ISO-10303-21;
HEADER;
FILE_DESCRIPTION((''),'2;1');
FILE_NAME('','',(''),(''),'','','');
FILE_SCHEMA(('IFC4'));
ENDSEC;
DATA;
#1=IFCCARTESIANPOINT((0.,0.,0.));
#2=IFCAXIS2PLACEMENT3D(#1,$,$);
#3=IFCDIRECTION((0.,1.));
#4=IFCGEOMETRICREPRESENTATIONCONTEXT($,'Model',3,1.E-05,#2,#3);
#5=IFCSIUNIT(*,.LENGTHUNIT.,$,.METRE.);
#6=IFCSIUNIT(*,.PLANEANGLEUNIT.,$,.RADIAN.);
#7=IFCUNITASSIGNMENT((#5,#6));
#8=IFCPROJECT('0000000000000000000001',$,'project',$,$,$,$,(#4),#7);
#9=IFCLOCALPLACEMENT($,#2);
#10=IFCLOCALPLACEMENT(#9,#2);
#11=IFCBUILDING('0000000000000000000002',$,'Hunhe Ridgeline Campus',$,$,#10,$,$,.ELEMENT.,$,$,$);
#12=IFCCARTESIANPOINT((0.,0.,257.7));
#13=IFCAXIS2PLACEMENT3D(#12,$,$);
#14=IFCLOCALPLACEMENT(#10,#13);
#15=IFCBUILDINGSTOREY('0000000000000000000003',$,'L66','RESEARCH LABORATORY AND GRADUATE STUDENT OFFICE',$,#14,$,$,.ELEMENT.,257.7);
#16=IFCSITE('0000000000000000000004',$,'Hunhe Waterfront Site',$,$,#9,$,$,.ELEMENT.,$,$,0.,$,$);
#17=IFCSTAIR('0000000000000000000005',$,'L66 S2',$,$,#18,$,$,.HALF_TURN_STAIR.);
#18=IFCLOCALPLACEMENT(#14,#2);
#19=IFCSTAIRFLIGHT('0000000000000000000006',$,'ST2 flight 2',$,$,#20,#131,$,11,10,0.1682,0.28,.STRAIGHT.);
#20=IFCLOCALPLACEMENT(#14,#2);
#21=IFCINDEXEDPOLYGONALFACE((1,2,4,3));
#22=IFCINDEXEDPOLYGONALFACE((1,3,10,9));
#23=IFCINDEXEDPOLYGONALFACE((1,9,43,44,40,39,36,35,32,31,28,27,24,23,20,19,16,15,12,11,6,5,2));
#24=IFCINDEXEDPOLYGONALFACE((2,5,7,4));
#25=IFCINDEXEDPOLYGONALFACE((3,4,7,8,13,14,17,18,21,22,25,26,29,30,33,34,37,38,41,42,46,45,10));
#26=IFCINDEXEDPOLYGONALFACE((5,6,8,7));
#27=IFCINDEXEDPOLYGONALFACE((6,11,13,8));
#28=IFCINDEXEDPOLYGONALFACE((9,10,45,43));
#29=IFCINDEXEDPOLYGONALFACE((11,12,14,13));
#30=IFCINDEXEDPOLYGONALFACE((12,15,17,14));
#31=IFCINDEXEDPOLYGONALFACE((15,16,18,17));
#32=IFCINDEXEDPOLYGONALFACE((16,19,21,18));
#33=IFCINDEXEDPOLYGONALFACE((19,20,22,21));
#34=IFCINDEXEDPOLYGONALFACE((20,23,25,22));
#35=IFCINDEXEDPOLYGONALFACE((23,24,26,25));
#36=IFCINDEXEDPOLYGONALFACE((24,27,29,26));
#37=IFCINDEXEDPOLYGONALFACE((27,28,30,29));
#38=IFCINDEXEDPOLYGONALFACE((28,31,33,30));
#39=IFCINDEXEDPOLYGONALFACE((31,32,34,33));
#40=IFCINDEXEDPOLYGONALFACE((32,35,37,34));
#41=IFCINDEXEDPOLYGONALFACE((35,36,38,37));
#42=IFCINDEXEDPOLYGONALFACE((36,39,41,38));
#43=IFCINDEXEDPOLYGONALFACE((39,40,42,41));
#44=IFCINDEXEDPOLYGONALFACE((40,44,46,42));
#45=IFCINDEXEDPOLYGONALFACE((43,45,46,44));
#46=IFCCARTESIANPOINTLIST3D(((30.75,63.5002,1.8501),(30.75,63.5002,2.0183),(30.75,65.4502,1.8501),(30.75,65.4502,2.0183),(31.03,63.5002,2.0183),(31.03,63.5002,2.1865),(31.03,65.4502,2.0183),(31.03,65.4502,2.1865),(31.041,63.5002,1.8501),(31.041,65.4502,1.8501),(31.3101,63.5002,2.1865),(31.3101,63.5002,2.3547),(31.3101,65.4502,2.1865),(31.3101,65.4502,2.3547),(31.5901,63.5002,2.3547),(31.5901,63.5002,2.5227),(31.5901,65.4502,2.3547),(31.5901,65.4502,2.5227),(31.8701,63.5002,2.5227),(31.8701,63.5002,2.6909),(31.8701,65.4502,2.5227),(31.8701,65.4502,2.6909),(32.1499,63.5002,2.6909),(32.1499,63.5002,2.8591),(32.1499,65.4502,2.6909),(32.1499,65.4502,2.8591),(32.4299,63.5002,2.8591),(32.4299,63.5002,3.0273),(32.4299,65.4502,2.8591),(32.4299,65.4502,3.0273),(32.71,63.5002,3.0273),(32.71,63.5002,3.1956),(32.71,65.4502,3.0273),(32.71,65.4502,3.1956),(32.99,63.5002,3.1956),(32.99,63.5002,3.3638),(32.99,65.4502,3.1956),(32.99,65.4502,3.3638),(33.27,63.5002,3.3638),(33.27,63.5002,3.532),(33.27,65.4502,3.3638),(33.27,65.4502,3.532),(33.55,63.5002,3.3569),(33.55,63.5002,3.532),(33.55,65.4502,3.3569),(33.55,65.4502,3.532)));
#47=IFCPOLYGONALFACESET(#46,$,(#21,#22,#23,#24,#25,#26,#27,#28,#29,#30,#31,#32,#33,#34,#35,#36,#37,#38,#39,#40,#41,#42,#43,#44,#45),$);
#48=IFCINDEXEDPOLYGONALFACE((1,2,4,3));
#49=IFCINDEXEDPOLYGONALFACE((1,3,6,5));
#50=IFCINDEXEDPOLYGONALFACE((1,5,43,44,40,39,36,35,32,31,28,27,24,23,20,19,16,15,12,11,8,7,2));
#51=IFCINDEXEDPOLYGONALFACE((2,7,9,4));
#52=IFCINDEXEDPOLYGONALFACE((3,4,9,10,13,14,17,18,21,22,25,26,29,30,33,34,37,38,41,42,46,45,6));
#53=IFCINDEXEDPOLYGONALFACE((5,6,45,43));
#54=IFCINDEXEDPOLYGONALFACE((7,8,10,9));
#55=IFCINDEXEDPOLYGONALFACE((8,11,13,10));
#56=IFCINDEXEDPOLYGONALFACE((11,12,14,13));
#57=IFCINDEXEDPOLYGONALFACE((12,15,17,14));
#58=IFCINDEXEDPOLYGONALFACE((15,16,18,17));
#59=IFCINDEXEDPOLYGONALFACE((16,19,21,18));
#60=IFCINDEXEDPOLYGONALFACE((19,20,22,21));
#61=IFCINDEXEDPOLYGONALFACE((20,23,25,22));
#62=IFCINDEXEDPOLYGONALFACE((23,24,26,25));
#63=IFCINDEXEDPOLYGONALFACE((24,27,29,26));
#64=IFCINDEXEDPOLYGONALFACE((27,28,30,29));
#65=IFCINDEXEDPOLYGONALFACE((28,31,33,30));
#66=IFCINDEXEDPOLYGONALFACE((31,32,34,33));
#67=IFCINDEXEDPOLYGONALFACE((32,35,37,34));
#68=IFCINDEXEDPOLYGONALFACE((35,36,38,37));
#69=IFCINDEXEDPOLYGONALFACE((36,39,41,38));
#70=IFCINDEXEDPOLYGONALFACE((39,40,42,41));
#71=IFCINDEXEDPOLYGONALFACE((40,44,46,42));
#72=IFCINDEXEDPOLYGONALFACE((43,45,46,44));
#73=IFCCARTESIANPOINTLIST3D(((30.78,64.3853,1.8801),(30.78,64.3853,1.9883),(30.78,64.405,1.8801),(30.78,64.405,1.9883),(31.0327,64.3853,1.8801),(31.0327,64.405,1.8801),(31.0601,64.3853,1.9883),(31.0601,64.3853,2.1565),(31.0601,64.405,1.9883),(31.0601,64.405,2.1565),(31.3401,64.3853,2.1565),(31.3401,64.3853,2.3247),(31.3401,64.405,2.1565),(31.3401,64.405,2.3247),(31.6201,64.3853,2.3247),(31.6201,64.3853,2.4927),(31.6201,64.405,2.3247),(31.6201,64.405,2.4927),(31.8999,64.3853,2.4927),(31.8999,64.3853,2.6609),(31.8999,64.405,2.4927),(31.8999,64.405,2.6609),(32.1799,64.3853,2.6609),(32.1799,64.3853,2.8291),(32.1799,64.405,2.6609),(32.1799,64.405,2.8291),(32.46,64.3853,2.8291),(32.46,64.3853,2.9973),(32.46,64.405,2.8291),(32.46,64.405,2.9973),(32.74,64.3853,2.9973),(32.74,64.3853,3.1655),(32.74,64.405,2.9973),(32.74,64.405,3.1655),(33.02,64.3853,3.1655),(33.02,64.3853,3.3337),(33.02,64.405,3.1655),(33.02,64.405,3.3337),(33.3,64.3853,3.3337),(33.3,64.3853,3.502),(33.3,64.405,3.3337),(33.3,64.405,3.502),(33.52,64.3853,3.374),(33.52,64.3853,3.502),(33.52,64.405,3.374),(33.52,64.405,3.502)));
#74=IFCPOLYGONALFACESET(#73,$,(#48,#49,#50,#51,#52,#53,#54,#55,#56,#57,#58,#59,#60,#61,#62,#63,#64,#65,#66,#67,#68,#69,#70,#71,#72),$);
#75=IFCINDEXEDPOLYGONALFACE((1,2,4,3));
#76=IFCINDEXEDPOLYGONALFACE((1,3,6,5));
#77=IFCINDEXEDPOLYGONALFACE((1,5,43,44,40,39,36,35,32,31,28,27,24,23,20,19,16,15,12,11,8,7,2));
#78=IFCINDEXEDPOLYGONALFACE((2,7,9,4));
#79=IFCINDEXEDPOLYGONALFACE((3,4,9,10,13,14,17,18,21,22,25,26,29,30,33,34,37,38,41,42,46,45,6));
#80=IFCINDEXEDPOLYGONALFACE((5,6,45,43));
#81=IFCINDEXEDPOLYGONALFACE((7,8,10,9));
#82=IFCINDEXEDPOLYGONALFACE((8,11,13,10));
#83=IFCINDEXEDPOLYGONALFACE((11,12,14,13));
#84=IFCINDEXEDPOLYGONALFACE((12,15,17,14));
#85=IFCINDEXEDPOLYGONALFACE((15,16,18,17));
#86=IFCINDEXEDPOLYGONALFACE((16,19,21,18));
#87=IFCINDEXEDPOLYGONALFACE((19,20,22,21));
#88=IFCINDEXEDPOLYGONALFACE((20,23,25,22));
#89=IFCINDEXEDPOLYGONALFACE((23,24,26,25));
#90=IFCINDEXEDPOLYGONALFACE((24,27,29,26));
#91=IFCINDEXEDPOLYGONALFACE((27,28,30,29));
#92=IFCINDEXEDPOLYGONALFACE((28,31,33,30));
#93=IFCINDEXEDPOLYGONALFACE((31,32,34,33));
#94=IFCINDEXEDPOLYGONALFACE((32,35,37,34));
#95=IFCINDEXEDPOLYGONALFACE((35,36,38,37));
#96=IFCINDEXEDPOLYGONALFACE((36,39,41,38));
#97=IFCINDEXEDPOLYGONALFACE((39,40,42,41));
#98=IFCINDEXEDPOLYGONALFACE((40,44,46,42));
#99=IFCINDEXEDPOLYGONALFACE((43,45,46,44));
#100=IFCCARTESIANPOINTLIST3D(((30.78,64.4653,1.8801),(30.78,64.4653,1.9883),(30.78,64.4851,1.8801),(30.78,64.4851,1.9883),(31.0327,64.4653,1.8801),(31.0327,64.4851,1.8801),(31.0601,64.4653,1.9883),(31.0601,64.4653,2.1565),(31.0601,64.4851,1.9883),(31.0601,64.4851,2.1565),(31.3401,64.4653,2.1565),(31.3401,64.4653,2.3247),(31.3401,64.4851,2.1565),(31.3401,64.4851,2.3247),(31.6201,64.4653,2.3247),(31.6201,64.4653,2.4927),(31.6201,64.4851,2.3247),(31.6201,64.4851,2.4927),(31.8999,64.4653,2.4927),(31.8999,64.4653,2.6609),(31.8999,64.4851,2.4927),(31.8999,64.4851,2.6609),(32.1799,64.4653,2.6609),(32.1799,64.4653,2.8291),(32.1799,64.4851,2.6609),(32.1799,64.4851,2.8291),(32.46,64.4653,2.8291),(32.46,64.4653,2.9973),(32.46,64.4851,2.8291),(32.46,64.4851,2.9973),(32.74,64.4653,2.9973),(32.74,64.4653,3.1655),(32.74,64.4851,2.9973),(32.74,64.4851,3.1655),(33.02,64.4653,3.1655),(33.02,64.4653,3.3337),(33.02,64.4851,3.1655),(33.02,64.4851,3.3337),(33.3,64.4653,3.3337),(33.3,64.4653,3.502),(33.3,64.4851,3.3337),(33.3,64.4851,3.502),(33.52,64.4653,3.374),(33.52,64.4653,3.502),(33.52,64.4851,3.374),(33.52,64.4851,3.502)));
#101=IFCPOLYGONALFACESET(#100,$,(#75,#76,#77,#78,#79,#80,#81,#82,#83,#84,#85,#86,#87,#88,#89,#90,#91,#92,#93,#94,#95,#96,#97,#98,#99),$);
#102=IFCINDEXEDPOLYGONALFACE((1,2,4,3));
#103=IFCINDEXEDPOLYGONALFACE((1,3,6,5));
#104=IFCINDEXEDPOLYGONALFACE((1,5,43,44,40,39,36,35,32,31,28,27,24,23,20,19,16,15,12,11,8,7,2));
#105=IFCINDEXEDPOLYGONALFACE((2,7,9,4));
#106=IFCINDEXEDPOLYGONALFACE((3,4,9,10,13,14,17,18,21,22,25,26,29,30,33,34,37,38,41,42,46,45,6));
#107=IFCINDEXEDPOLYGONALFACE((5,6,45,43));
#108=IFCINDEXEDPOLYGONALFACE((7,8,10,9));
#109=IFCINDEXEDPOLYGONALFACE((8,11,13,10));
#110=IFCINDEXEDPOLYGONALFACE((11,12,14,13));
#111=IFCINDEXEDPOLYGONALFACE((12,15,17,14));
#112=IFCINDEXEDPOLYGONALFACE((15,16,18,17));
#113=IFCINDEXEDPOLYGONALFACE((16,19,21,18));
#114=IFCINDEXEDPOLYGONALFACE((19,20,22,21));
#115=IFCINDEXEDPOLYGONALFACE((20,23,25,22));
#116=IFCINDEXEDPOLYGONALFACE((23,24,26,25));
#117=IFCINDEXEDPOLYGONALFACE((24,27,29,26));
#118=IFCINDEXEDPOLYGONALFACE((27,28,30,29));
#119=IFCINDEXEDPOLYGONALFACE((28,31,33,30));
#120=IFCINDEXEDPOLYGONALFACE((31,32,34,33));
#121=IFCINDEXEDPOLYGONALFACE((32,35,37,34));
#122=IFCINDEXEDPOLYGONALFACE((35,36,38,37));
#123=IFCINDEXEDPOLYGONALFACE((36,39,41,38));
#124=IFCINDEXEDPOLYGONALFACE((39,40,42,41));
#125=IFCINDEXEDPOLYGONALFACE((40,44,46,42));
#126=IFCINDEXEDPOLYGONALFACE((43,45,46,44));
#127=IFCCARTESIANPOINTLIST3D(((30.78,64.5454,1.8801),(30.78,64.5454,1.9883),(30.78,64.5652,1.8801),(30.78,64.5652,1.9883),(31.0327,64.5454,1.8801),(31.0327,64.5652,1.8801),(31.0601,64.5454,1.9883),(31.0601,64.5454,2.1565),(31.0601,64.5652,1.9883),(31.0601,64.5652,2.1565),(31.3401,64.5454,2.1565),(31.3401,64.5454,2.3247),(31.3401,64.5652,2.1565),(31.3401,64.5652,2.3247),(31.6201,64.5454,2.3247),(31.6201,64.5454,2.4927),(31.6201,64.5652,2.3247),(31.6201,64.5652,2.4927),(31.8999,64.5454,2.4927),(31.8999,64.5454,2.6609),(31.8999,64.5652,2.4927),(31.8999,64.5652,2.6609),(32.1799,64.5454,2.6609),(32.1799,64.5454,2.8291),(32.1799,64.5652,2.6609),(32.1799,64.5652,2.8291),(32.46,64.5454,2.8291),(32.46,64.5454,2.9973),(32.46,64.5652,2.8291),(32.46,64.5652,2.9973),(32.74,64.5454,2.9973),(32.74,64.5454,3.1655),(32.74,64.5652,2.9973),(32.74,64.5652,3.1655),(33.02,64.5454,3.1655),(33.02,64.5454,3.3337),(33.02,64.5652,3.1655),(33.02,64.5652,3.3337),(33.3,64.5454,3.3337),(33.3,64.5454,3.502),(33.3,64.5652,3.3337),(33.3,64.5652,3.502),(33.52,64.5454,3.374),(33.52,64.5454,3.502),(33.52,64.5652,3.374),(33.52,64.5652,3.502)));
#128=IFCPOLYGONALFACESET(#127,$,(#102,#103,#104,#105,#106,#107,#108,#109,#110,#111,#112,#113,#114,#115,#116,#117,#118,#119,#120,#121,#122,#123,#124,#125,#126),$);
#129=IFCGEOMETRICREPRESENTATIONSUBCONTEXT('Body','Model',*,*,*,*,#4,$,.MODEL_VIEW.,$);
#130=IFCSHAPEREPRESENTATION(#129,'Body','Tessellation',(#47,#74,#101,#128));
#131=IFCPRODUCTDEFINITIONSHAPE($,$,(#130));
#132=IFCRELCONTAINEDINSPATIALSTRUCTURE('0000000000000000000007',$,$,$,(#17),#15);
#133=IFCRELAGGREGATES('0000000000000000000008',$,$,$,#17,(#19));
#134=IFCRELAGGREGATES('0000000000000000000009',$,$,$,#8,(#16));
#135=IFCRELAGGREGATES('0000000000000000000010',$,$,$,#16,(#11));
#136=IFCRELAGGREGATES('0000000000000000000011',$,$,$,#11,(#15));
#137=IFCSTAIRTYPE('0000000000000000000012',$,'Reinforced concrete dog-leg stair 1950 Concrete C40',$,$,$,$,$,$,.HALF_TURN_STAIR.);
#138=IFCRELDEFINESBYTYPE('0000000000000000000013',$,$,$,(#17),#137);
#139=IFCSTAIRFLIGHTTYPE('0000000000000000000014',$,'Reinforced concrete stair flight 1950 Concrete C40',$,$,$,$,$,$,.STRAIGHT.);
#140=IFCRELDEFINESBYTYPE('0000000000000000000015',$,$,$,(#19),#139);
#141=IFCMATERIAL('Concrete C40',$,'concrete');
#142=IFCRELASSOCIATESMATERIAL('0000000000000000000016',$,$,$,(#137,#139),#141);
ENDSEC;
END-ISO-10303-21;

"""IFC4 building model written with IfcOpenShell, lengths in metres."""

from ifc_helpers import new_model, si_unit, direction, frame, origin, place, context, subcontext, project, spatial, polyline, outline, extrude, material, type_object, element, aggregate, save


model = new_model("IFC4")

# Units and contexts
model_context = context("Model", 3, precision=1e-05, world=origin(), true_north=direction((0.0, 1.0)))
body_context = subcontext(model_context, "Body", "Model", "MODEL_VIEW")
ifc_project = project(units=[si_unit("LENGTHUNIT", "METRE"), si_unit("PLANEANGLEUNIT", "RADIAN")], contexts=[model_context])

# Site, building, storey
site_placement = place(None, origin())
site = spatial("IfcSite", under=ifc_project, at=site_placement, Name="Hunhe Waterfront Site", CompositionType="ELEMENT", RefElevation=0.0)
building_placement = place(site_placement, origin())
building = spatial("IfcBuilding", under=site, at=building_placement, Name="Hunhe Ridgeline Campus", CompositionType="ELEMENT")
storey_placement = place(building_placement, frame((0.0, 0.0, 257.7)))
storey = spatial("IfcBuildingStorey", under=building, at=storey_placement, Name="L66", Description="RESEARCH LABORATORY AND GRADUATE STUDENT OFFICE", CompositionType="ELEMENT", Elevation=257.7)

# Stair, stair flight
ifc_material_1 = material(Name="Concrete C40", Category="concrete")
stair_type = type_object("IfcStairType", Name="Reinforced concrete dog-leg stair 1950 Concrete C40", PredefinedType="HALF_TURN_STAIR", material=ifc_material_1)
stair_placement = place(storey_placement, origin())
stair = element("IfcStair", 1, at=stair_placement, inside=storey, type_object=stair_type, Name="L66 S2", PredefinedType="HALF_TURN_STAIR")
stair_flight_type = type_object("IfcStairFlightType", Name="Reinforced concrete stair flight 1950 Concrete C40", PredefinedType="STRAIGHT", material=ifc_material_1)
stair_flight_1_placement = place(storey_placement, frame((30.75, 64.4751, 1.8501), z_axis=(0.0, 0.0, 1.0), x_axis=(1.0, 0.0, 0.0)))
stair_flight_1 = element("IfcStairFlight", 2, at=stair_flight_1_placement, type_object=stair_flight_type, Name="ST2 flight 2", NumberOfRisers=11, NumberOfTreads=10, PredefinedType="STRAIGHT", RiserHeight=0.1682, TreadLength=0.28, context=body_context, shape_type="SweptSolid", body=[
    extrude(outline(polyline([(0.0, 0.0), (0.0, 0.1682), (0.28, 0.1682), (0.28, 0.3364), (0.5601, 0.3364), (0.5601, 0.5046), (0.8401, 0.5046), (0.8401, 0.6726), (1.1201, 0.6726), (1.1201, 0.8408), (1.3999, 0.8408), (1.3999, 1.009), (1.6799, 1.009), (1.6799, 1.1772), (1.96, 1.1772), (1.96, 1.3455), (2.24, 1.3455), (2.24, 1.5137), (2.52, 1.5137), (2.52, 1.6819), (2.8, 1.6819), (2.8, 1.8501), (2.8, 1.5068), (0.291, 0.0), (0.0, 0.0)])), frame((0.0, 0.9751, 0.0), z_axis=(0.0, -1.0, 0.0), x_axis=(1.0, 0.0, 0.0)), (0.0, 0.0, 1.0), 1.95),
    extrude(outline(polyline([(0.03, 0.03), (0.03, 0.1382), (0.3101, 0.1382), (0.3101, 0.3064), (0.5901, 0.3064), (0.5901, 0.4746), (0.8701, 0.4746), (0.8701, 0.6426), (1.1499, 0.6426), (1.1499, 0.8108), (1.4299, 0.8108), (1.4299, 0.979), (1.71, 0.979), (1.71, 1.1472), (1.99, 1.1472), (1.99, 1.3154), (2.27, 1.3154), (2.27, 1.4836), (2.55, 1.4836), (2.55, 1.6519), (2.77, 1.6519), (2.77, 1.5239), (0.2827, 0.03), (0.03, 0.03)])), frame((0.0, -0.0701, 0.0), z_axis=(0.0, -1.0, 0.0), x_axis=(1.0, 0.0, 0.0)), (0.0, 0.0, 1.0), 0.0198),
    extrude(outline(polyline([(0.03, 0.03), (0.03, 0.1382), (0.3101, 0.1382), (0.3101, 0.3064), (0.5901, 0.3064), (0.5901, 0.4746), (0.8701, 0.4746), (0.8701, 0.6426), (1.1499, 0.6426), (1.1499, 0.8108), (1.4299, 0.8108), (1.4299, 0.979), (1.71, 0.979), (1.71, 1.1472), (1.99, 1.1472), (1.99, 1.3154), (2.27, 1.3154), (2.27, 1.4836), (2.55, 1.4836), (2.55, 1.6519), (2.77, 1.6519), (2.77, 1.5239), (0.2827, 0.03), (0.03, 0.03)])), frame((0.0, 0.01, 0.0), z_axis=(0.0, -1.0, 0.0), x_axis=(1.0, 0.0, 0.0)), (0.0, 0.0, 1.0), 0.0198),
    extrude(outline(polyline([(0.03, 0.03), (0.03, 0.1382), (0.3101, 0.1382), (0.3101, 0.3064), (0.5901, 0.3064), (0.5901, 0.4746), (0.8701, 0.4746), (0.8701, 0.6426), (1.1499, 0.6426), (1.1499, 0.8108), (1.4299, 0.8108), (1.4299, 0.979), (1.71, 0.979), (1.71, 1.1472), (1.99, 1.1472), (1.99, 1.3154), (2.27, 1.3154), (2.27, 1.4836), (2.55, 1.4836), (2.55, 1.6519), (2.77, 1.6519), (2.77, 1.5239), (0.2827, 0.03), (0.03, 0.03)])), frame((0.0, 0.0901, 0.0), z_axis=(0.0, -1.0, 0.0), x_axis=(1.0, 0.0, 0.0)), (0.0, 0.0, 1.0), 0.0198),
])
aggregate(stair, [stair_flight_1])

save(model, "model.ifc")
